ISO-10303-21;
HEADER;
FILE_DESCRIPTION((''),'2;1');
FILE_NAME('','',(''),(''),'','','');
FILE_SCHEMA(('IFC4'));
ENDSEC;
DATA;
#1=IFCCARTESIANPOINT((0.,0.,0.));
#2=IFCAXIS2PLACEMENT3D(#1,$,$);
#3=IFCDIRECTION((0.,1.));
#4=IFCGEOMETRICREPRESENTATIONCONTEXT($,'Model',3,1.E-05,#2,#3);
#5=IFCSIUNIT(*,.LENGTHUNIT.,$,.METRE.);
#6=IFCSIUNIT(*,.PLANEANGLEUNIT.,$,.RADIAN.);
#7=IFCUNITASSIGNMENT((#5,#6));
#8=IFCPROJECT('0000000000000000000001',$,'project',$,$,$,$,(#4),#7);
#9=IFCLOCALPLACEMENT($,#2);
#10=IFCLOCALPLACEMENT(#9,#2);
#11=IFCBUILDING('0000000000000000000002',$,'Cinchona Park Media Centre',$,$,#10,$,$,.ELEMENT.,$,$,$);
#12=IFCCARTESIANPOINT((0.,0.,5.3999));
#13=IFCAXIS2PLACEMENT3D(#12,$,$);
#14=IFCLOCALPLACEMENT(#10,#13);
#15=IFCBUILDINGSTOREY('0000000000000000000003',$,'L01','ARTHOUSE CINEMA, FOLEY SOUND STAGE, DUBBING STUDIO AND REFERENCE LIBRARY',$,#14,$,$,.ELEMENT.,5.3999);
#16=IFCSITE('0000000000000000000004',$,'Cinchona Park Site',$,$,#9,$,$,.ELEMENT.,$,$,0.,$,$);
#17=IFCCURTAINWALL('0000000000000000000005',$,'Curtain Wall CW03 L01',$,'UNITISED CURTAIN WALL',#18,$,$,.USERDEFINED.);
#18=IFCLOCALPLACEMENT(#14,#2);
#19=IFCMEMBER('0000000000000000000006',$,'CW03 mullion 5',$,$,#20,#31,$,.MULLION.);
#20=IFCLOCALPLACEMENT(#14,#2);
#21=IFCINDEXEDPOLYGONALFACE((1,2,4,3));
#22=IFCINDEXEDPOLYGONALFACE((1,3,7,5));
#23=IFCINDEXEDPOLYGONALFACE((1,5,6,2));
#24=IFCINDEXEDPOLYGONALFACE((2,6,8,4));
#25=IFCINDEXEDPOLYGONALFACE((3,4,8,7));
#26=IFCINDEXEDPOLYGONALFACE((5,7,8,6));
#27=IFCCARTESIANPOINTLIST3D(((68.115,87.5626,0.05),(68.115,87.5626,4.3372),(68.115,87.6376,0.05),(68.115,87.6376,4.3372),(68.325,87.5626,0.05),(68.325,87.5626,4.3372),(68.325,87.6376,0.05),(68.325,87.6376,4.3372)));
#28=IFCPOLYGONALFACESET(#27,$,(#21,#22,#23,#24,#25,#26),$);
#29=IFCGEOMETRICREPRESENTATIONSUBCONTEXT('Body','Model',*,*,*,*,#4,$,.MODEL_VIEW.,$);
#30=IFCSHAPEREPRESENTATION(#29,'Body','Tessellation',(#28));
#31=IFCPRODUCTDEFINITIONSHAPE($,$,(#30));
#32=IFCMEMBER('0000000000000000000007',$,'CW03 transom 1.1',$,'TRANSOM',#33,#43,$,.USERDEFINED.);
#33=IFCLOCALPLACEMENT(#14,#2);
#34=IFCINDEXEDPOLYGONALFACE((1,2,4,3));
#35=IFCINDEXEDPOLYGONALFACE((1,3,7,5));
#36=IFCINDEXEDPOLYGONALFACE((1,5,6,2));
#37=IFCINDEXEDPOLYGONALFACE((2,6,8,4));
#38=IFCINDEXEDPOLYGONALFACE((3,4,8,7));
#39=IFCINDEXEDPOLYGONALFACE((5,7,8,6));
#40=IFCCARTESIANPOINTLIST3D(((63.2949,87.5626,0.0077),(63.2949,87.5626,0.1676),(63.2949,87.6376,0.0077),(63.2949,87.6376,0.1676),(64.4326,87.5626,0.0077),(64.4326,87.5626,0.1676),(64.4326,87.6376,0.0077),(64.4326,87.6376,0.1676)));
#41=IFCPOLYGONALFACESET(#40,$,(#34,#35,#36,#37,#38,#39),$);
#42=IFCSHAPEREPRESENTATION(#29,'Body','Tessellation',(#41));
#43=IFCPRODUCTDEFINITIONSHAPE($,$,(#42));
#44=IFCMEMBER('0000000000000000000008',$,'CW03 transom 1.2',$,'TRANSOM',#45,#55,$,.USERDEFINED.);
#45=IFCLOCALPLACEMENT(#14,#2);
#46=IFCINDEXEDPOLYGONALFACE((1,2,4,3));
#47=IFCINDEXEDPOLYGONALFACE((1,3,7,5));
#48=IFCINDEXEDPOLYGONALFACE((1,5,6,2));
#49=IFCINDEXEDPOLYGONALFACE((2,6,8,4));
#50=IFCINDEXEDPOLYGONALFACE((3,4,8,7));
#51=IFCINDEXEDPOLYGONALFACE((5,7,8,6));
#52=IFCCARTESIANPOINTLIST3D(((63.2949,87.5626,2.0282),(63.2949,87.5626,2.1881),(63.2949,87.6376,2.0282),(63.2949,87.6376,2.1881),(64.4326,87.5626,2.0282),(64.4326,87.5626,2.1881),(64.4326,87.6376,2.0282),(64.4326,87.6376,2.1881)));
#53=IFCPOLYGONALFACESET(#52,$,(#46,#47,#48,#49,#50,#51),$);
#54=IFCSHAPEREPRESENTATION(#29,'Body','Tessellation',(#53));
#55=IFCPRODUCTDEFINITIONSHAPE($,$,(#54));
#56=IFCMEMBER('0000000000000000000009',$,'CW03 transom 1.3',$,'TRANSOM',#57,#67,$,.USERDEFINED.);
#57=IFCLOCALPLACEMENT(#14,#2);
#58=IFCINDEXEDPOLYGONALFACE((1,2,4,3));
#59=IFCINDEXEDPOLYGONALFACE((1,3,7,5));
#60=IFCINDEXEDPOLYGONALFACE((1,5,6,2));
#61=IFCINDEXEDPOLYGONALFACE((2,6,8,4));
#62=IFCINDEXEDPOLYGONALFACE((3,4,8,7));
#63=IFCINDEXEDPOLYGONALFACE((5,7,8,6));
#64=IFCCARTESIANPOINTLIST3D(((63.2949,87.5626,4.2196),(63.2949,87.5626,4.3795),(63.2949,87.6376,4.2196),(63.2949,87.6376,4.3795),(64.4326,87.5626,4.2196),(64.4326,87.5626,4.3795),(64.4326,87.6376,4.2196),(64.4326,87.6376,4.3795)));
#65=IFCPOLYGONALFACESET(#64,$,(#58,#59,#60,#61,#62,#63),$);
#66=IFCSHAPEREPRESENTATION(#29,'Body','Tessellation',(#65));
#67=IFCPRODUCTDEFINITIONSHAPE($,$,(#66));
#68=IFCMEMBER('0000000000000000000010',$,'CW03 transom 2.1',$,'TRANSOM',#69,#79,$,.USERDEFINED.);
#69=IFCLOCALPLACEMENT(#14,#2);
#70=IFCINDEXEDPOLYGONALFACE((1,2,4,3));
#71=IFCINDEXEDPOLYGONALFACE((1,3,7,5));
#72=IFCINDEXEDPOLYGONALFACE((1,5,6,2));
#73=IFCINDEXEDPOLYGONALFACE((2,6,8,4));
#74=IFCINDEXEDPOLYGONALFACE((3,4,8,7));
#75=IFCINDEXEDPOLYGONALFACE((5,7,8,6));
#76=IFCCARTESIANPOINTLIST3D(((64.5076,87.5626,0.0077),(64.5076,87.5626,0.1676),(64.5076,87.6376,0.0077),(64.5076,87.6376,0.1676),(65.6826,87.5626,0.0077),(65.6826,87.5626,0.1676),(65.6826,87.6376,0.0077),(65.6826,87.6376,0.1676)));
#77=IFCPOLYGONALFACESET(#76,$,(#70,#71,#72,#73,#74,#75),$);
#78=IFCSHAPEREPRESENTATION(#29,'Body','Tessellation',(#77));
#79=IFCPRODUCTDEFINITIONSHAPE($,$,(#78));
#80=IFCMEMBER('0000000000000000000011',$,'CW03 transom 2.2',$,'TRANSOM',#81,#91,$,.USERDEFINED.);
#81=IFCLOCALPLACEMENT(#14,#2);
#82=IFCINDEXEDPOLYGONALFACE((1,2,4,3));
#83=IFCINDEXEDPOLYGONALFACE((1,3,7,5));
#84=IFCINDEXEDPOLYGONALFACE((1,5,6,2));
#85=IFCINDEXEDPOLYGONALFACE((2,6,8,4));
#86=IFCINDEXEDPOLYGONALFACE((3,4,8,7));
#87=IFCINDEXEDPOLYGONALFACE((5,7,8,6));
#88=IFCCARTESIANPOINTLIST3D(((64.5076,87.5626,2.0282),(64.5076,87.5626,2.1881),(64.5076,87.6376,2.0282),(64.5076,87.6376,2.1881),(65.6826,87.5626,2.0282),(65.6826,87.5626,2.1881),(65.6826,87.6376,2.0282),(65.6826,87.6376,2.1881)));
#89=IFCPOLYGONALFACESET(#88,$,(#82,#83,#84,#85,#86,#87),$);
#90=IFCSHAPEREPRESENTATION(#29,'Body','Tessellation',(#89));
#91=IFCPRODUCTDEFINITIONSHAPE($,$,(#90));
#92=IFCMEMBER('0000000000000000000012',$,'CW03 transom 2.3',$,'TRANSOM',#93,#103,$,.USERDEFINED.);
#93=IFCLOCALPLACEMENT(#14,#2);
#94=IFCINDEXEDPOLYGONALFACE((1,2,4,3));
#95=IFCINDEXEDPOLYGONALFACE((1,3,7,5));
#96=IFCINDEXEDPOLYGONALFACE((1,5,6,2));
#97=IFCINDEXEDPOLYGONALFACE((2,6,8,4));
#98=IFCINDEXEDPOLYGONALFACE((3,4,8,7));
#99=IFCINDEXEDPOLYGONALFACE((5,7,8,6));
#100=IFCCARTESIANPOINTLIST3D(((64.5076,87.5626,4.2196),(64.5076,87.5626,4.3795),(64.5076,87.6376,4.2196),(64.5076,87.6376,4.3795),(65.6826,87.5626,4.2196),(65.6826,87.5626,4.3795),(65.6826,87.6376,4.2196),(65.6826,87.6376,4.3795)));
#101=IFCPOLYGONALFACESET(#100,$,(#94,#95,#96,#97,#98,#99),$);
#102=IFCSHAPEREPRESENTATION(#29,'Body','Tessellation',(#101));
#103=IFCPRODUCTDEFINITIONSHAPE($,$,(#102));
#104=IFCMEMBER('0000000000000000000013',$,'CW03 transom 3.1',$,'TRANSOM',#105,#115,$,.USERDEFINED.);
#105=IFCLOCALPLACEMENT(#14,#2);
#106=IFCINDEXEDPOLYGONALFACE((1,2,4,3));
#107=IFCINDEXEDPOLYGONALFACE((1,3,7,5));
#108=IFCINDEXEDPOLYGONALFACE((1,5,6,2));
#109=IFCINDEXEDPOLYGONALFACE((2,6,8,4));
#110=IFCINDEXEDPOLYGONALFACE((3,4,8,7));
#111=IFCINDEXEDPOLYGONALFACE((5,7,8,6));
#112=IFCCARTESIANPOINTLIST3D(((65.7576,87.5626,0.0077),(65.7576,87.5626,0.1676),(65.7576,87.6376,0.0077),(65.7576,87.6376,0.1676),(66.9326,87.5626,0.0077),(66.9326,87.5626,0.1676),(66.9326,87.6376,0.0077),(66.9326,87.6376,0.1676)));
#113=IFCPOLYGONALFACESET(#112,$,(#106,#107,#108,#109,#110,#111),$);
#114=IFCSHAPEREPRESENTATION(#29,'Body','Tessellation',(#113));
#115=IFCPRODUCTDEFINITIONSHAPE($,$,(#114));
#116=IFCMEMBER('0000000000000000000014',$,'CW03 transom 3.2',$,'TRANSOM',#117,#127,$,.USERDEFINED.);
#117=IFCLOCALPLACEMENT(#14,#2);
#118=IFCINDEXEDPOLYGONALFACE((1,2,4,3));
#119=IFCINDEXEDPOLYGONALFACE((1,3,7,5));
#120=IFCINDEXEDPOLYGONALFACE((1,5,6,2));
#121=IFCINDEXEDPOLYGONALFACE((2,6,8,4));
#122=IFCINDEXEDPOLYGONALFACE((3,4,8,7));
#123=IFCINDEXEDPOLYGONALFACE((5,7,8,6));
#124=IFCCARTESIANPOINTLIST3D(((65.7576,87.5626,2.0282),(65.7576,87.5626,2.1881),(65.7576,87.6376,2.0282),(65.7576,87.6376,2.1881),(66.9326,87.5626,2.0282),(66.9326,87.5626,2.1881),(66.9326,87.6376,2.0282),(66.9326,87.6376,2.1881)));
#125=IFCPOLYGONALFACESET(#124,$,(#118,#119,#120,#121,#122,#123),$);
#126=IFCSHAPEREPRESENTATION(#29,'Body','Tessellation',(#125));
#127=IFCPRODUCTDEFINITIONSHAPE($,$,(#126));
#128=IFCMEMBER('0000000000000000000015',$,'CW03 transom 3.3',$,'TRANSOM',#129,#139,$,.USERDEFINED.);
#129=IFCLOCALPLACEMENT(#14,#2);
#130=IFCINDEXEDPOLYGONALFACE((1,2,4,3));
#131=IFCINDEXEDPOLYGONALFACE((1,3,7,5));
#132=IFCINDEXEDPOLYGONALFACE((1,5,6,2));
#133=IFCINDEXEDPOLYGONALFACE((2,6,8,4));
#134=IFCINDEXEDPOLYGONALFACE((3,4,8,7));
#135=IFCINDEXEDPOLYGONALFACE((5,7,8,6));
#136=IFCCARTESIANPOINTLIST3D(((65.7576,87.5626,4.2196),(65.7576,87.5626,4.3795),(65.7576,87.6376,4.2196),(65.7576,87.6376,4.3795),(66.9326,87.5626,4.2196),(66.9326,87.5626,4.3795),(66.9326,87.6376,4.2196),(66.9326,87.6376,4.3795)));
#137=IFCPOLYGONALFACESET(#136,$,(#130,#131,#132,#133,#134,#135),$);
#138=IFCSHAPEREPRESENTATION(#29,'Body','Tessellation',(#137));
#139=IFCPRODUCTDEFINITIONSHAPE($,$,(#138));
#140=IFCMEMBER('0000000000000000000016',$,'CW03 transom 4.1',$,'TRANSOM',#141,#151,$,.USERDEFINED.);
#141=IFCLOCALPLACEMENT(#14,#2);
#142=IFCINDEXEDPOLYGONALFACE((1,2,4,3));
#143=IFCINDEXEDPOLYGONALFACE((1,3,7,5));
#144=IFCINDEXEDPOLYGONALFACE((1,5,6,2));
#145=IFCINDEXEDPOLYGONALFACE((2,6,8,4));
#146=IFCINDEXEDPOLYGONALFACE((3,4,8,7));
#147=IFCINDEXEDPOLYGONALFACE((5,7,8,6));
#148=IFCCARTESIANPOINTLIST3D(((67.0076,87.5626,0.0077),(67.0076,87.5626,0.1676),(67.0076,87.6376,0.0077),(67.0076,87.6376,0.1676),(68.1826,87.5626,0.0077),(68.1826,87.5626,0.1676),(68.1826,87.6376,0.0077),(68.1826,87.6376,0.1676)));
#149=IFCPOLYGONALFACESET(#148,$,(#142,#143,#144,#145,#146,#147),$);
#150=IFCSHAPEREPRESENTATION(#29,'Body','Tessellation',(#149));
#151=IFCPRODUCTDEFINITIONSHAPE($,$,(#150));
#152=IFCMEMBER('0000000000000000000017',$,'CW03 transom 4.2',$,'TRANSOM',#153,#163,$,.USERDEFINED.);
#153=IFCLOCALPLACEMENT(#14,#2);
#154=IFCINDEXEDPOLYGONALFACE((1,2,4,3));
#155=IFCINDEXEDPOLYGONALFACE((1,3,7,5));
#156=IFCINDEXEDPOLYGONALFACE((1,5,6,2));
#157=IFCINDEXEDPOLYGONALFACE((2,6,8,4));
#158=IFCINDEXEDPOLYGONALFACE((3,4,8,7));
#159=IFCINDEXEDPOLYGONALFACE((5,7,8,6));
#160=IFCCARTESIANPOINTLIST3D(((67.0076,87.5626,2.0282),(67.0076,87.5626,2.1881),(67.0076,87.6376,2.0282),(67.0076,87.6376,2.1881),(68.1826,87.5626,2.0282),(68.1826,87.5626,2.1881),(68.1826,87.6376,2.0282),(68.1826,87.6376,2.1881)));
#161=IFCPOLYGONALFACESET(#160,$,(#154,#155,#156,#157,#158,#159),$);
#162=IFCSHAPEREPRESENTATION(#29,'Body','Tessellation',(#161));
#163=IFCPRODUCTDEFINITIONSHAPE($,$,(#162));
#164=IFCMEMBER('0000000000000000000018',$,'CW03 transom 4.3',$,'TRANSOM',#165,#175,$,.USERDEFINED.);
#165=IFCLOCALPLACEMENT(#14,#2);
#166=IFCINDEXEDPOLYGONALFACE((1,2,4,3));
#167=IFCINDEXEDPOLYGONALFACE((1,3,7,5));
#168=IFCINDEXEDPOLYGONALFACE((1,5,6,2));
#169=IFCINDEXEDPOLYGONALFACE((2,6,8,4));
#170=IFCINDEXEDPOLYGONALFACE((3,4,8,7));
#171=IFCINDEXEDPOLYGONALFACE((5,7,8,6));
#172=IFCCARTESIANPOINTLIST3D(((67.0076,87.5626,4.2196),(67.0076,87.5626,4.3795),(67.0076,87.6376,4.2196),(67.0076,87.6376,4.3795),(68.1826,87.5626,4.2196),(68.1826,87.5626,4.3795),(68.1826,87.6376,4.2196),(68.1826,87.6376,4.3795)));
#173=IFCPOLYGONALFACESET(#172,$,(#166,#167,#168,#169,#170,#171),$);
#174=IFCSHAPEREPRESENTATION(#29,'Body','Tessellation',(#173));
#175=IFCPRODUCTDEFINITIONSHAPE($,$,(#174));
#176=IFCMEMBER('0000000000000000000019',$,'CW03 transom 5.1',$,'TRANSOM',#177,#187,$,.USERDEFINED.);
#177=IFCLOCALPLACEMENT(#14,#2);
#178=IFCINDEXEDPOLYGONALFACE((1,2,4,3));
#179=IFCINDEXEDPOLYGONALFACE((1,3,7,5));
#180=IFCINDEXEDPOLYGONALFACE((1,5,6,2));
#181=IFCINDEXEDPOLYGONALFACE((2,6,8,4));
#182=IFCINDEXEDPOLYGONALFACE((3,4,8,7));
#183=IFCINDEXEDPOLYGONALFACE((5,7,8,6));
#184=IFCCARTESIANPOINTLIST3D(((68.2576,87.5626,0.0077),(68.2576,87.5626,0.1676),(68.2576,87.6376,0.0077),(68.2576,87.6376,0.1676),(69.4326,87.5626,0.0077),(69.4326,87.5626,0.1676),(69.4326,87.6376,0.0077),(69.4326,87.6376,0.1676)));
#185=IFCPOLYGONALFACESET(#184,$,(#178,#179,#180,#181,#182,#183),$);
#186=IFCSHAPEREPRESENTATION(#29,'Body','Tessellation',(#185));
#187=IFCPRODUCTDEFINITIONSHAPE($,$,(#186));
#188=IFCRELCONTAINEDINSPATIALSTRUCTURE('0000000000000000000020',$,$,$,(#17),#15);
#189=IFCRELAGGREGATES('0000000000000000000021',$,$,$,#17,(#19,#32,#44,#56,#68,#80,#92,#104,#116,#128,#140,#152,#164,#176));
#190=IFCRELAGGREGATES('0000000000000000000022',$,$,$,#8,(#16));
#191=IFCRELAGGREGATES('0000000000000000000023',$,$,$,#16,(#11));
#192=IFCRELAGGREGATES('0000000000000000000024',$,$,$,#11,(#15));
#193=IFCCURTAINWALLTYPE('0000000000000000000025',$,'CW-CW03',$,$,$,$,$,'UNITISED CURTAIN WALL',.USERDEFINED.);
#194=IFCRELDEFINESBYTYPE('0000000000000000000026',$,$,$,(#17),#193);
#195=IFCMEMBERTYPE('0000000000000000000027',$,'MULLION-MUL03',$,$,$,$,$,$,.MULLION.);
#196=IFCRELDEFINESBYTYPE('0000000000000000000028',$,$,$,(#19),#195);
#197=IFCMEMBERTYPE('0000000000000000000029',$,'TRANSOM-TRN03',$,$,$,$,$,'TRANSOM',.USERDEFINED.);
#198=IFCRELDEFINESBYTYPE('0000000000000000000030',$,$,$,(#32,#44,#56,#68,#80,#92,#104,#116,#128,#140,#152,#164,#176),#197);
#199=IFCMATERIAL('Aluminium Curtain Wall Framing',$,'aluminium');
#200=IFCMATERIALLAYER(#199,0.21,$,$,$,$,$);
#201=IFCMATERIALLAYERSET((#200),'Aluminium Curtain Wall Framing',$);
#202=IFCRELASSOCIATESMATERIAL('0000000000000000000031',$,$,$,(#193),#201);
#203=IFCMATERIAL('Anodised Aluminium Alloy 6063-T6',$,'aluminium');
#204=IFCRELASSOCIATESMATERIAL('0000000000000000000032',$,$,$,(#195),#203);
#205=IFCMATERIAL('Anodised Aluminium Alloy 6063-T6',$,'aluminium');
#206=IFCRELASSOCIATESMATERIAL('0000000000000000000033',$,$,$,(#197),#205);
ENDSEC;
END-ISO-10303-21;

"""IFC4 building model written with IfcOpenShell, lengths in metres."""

from ifc_helpers import new_model, si_unit, direction, frame, origin, origin_2d, place, context, subcontext, project, spatial, rectangle, extrude, material, layer, layer_set, material_profile, profile_set, type_object, element, aggregate, save


model = new_model("IFC4")

# Units and contexts
model_context = context("Model", 3, precision=1e-05, world=origin(), true_north=direction((0.0, 1.0)))
body_context = subcontext(model_context, "Body", "Model", "MODEL_VIEW")
ifc_project = project(units=[si_unit("LENGTHUNIT", "METRE"), si_unit("PLANEANGLEUNIT", "RADIAN")], contexts=[model_context])

# Site, building, storey
site_placement = place(None, origin())
site = spatial("IfcSite", under=ifc_project, at=site_placement, Name="Cinchona Park Site", CompositionType="ELEMENT", RefElevation=0.0)
building_placement = place(site_placement, origin())
building = spatial("IfcBuilding", under=site, at=building_placement, Name="Cinchona Park Media Centre", CompositionType="ELEMENT")
storey_placement = place(building_placement, frame((0.0, 0.0, 5.3999)))
storey = spatial("IfcBuildingStorey", under=building, at=storey_placement, Name="L01", Description="ARTHOUSE CINEMA, FOLEY SOUND STAGE, DUBBING STUDIO AND REFERENCE LIBRARY", CompositionType="ELEMENT", Elevation=5.3999)

# Curtain wall, members
ifc_material_1 = material(Name="Aluminium Curtain Wall Framing", Category="aluminium")
ifc_layer_1 = layer(ifc_material_1, 0.21)
ifc_layer_set_1 = layer_set([ifc_layer_1], Name="Aluminium Curtain Wall Framing")
curtain_wall_type_1 = type_object("IfcCurtainWallType", Name="CW-CW03", ElementType="UNITISED CURTAIN WALL", PredefinedType="USERDEFINED", material=ifc_layer_set_1)
curtain_wall_1_placement = place(storey_placement, origin())
curtain_wall_1 = element("IfcCurtainWall", 1, at=curtain_wall_1_placement, inside=storey, type_object=curtain_wall_type_1, Name="Curtain Wall CW03 L01", ObjectType="UNITISED CURTAIN WALL", PredefinedType="USERDEFINED")
ifc_material_2 = material(Name="Anodised Aluminium Alloy 6063-T6", Category="aluminium")
ifc_material_profile_1 = material_profile(ifc_material_2, rectangle(XDim=0.075, YDim=0.21, at=origin_2d()), Name="MUL-75X210")
ifc_profile_set_1 = profile_set([ifc_material_profile_1], Name="Anodised Aluminium Alloy 6063-T6")
member_type_1 = type_object("IfcMemberType", Name="MULLION-MUL03", PredefinedType="MULLION", material=ifc_profile_set_1)
member_1_placement = place(storey_placement, frame((68.22, 87.6001, 0.05), z_axis=(0.0, 0.0, 1.0), x_axis=(0.0, 1.0, 0.0)))
member_1 = element("IfcMember", 2, at=member_1_placement, type_object=member_type_1, Name="CW03 mullion 5", PredefinedType="MULLION", context=body_context, shape_type="SweptSolid", body=[
    extrude(rectangle(XDim=0.075, YDim=0.21, at=origin_2d()), origin(), (0.0, 0.0, 1.0), 4.2871),
])
ifc_material_3 = material(Name="Anodised Aluminium Alloy 6063-T6", Category="aluminium")
ifc_material_profile_2 = material_profile(ifc_material_3, rectangle(XDim=0.075, YDim=0.1599, at=origin_2d()), Name="TRN-75X160")
ifc_profile_set_2 = profile_set([ifc_material_profile_2], Name="Anodised Aluminium Alloy 6063-T6")
member_type_2 = type_object("IfcMemberType", Name="TRANSOM-TRN03", ElementType="TRANSOM", PredefinedType="USERDEFINED", material=ifc_profile_set_2)
member_2_placement = place(storey_placement, frame((63.2949, 87.6001, 0.0876), z_axis=(1.0, 0.0, 0.0), x_axis=(0.0, 1.0, 0.0)))
member_2 = element("IfcMember", 3, at=member_2_placement, type_object=member_type_2, Name="CW03 transom 1.1", ObjectType="TRANSOM", PredefinedType="USERDEFINED", context=body_context, shape_type="SweptSolid", body=[
    extrude(rectangle(XDim=0.075, YDim=0.1599, at=origin_2d()), origin(), (0.0, 0.0, 1.0), 1.1377),
])
member_3_placement = place(storey_placement, frame((63.2949, 87.6001, 2.1082), z_axis=(1.0, 0.0, 0.0), x_axis=(0.0, 1.0, 0.0)))
member_3 = element("IfcMember", 4, at=member_3_placement, type_object=member_type_2, Name="CW03 transom 1.2", ObjectType="TRANSOM", PredefinedType="USERDEFINED", context=body_context, shape_type="SweptSolid", body=[
    extrude(rectangle(XDim=0.075, YDim=0.1599, at=origin_2d()), origin(), (0.0, 0.0, 1.0), 1.1377),
])
member_4_placement = place(storey_placement, frame((63.2949, 87.6001, 4.2996), z_axis=(1.0, 0.0, 0.0), x_axis=(0.0, 1.0, 0.0)))
member_4 = element("IfcMember", 5, at=member_4_placement, type_object=member_type_2, Name="CW03 transom 1.3", ObjectType="TRANSOM", PredefinedType="USERDEFINED", context=body_context, shape_type="SweptSolid", body=[
    extrude(rectangle(XDim=0.075, YDim=0.1599, at=origin_2d()), origin(), (0.0, 0.0, 1.0), 1.1377),
])
member_5_placement = place(storey_placement, frame((64.5076, 87.6001, 0.0876), z_axis=(1.0, 0.0, 0.0), x_axis=(0.0, 1.0, 0.0)))
member_5 = element("IfcMember", 6, at=member_5_placement, type_object=member_type_2, Name="CW03 transom 2.1", ObjectType="TRANSOM", PredefinedType="USERDEFINED", context=body_context, shape_type="SweptSolid", body=[
    extrude(rectangle(XDim=0.075, YDim=0.1599, at=origin_2d()), origin(), (0.0, 0.0, 1.0), 1.175),
])
member_6_placement = place(storey_placement, frame((64.5076, 87.6001, 2.1082), z_axis=(1.0, 0.0, 0.0), x_axis=(0.0, 1.0, 0.0)))
member_6 = element("IfcMember", 7, at=member_6_placement, type_object=member_type_2, Name="CW03 transom 2.2", ObjectType="TRANSOM", PredefinedType="USERDEFINED", context=body_context, shape_type="SweptSolid", body=[
    extrude(rectangle(XDim=0.075, YDim=0.1599, at=origin_2d()), origin(), (0.0, 0.0, 1.0), 1.175),
])
member_7_placement = place(storey_placement, frame((64.5076, 87.6001, 4.2996), z_axis=(1.0, 0.0, 0.0), x_axis=(0.0, 1.0, 0.0)))
member_7 = element("IfcMember", 8, at=member_7_placement, type_object=member_type_2, Name="CW03 transom 2.3", ObjectType="TRANSOM", PredefinedType="USERDEFINED", context=body_context, shape_type="SweptSolid", body=[
    extrude(rectangle(XDim=0.075, YDim=0.1599, at=origin_2d()), origin(), (0.0, 0.0, 1.0), 1.175),
])
member_8_placement = place(storey_placement, frame((65.7576, 87.6001, 0.0876), z_axis=(1.0, 0.0, 0.0), x_axis=(0.0, 1.0, 0.0)))
member_8 = element("IfcMember", 9, at=member_8_placement, type_object=member_type_2, Name="CW03 transom 3.1", ObjectType="TRANSOM", PredefinedType="USERDEFINED", context=body_context, shape_type="SweptSolid", body=[
    extrude(rectangle(XDim=0.075, YDim=0.1599, at=origin_2d()), origin(), (0.0, 0.0, 1.0), 1.175),
])
member_9_placement = place(storey_placement, frame((65.7576, 87.6001, 2.1082), z_axis=(1.0, 0.0, 0.0), x_axis=(0.0, 1.0, 0.0)))
member_9 = element("IfcMember", 10, at=member_9_placement, type_object=member_type_2, Name="CW03 transom 3.2", ObjectType="TRANSOM", PredefinedType="USERDEFINED", context=body_context, shape_type="SweptSolid", body=[
    extrude(rectangle(XDim=0.075, YDim=0.1599, at=origin_2d()), origin(), (0.0, 0.0, 1.0), 1.175),
])
member_10_placement = place(storey_placement, frame((65.7576, 87.6001, 4.2996), z_axis=(1.0, 0.0, 0.0), x_axis=(0.0, 1.0, 0.0)))
member_10 = element("IfcMember", 11, at=member_10_placement, type_object=member_type_2, Name="CW03 transom 3.3", ObjectType="TRANSOM", PredefinedType="USERDEFINED", context=body_context, shape_type="SweptSolid", body=[
    extrude(rectangle(XDim=0.075, YDim=0.1599, at=origin_2d()), origin(), (0.0, 0.0, 1.0), 1.175),
])
member_11_placement = place(storey_placement, frame((67.0076, 87.6001, 0.0876), z_axis=(1.0, 0.0, 0.0), x_axis=(0.0, 1.0, 0.0)))
member_11 = element("IfcMember", 12, at=member_11_placement, type_object=member_type_2, Name="CW03 transom 4.1", ObjectType="TRANSOM", PredefinedType="USERDEFINED", context=body_context, shape_type="SweptSolid", body=[
    extrude(rectangle(XDim=0.075, YDim=0.1599, at=origin_2d()), origin(), (0.0, 0.0, 1.0), 1.175),
])
member_12_placement = place(storey_placement, frame((67.0076, 87.6001, 2.1082), z_axis=(1.0, 0.0, 0.0), x_axis=(0.0, 1.0, 0.0)))
member_12 = element("IfcMember", 13, at=member_12_placement, type_object=member_type_2, Name="CW03 transom 4.2", ObjectType="TRANSOM", PredefinedType="USERDEFINED", context=body_context, shape_type="SweptSolid", body=[
    extrude(rectangle(XDim=0.075, YDim=0.1599, at=origin_2d()), origin(), (0.0, 0.0, 1.0), 1.175),
])
member_13_placement = place(storey_placement, frame((67.0076, 87.6001, 4.2996), z_axis=(1.0, 0.0, 0.0), x_axis=(0.0, 1.0, 0.0)))
member_13 = element("IfcMember", 14, at=member_13_placement, type_object=member_type_2, Name="CW03 transom 4.3", ObjectType="TRANSOM", PredefinedType="USERDEFINED", context=body_context, shape_type="SweptSolid", body=[
    extrude(rectangle(XDim=0.075, YDim=0.1599, at=origin_2d()), origin(), (0.0, 0.0, 1.0), 1.175),
])
member_14_placement = place(storey_placement, frame((68.2576, 87.6001, 0.0876), z_axis=(1.0, 0.0, 0.0), x_axis=(0.0, 1.0, 0.0)))
member_14 = element("IfcMember", 15, at=member_14_placement, type_object=member_type_2, Name="CW03 transom 5.1", ObjectType="TRANSOM", PredefinedType="USERDEFINED", context=body_context, shape_type="SweptSolid", body=[
    extrude(rectangle(XDim=0.075, YDim=0.1599, at=origin_2d()), origin(), (0.0, 0.0, 1.0), 1.175),
])

aggregate(curtain_wall_1, [member_1, member_2, member_3, member_4, member_5, member_6, member_7, member_8, member_9, member_10, member_11, member_12, member_13, member_14])

save(model, "model.ifc")
